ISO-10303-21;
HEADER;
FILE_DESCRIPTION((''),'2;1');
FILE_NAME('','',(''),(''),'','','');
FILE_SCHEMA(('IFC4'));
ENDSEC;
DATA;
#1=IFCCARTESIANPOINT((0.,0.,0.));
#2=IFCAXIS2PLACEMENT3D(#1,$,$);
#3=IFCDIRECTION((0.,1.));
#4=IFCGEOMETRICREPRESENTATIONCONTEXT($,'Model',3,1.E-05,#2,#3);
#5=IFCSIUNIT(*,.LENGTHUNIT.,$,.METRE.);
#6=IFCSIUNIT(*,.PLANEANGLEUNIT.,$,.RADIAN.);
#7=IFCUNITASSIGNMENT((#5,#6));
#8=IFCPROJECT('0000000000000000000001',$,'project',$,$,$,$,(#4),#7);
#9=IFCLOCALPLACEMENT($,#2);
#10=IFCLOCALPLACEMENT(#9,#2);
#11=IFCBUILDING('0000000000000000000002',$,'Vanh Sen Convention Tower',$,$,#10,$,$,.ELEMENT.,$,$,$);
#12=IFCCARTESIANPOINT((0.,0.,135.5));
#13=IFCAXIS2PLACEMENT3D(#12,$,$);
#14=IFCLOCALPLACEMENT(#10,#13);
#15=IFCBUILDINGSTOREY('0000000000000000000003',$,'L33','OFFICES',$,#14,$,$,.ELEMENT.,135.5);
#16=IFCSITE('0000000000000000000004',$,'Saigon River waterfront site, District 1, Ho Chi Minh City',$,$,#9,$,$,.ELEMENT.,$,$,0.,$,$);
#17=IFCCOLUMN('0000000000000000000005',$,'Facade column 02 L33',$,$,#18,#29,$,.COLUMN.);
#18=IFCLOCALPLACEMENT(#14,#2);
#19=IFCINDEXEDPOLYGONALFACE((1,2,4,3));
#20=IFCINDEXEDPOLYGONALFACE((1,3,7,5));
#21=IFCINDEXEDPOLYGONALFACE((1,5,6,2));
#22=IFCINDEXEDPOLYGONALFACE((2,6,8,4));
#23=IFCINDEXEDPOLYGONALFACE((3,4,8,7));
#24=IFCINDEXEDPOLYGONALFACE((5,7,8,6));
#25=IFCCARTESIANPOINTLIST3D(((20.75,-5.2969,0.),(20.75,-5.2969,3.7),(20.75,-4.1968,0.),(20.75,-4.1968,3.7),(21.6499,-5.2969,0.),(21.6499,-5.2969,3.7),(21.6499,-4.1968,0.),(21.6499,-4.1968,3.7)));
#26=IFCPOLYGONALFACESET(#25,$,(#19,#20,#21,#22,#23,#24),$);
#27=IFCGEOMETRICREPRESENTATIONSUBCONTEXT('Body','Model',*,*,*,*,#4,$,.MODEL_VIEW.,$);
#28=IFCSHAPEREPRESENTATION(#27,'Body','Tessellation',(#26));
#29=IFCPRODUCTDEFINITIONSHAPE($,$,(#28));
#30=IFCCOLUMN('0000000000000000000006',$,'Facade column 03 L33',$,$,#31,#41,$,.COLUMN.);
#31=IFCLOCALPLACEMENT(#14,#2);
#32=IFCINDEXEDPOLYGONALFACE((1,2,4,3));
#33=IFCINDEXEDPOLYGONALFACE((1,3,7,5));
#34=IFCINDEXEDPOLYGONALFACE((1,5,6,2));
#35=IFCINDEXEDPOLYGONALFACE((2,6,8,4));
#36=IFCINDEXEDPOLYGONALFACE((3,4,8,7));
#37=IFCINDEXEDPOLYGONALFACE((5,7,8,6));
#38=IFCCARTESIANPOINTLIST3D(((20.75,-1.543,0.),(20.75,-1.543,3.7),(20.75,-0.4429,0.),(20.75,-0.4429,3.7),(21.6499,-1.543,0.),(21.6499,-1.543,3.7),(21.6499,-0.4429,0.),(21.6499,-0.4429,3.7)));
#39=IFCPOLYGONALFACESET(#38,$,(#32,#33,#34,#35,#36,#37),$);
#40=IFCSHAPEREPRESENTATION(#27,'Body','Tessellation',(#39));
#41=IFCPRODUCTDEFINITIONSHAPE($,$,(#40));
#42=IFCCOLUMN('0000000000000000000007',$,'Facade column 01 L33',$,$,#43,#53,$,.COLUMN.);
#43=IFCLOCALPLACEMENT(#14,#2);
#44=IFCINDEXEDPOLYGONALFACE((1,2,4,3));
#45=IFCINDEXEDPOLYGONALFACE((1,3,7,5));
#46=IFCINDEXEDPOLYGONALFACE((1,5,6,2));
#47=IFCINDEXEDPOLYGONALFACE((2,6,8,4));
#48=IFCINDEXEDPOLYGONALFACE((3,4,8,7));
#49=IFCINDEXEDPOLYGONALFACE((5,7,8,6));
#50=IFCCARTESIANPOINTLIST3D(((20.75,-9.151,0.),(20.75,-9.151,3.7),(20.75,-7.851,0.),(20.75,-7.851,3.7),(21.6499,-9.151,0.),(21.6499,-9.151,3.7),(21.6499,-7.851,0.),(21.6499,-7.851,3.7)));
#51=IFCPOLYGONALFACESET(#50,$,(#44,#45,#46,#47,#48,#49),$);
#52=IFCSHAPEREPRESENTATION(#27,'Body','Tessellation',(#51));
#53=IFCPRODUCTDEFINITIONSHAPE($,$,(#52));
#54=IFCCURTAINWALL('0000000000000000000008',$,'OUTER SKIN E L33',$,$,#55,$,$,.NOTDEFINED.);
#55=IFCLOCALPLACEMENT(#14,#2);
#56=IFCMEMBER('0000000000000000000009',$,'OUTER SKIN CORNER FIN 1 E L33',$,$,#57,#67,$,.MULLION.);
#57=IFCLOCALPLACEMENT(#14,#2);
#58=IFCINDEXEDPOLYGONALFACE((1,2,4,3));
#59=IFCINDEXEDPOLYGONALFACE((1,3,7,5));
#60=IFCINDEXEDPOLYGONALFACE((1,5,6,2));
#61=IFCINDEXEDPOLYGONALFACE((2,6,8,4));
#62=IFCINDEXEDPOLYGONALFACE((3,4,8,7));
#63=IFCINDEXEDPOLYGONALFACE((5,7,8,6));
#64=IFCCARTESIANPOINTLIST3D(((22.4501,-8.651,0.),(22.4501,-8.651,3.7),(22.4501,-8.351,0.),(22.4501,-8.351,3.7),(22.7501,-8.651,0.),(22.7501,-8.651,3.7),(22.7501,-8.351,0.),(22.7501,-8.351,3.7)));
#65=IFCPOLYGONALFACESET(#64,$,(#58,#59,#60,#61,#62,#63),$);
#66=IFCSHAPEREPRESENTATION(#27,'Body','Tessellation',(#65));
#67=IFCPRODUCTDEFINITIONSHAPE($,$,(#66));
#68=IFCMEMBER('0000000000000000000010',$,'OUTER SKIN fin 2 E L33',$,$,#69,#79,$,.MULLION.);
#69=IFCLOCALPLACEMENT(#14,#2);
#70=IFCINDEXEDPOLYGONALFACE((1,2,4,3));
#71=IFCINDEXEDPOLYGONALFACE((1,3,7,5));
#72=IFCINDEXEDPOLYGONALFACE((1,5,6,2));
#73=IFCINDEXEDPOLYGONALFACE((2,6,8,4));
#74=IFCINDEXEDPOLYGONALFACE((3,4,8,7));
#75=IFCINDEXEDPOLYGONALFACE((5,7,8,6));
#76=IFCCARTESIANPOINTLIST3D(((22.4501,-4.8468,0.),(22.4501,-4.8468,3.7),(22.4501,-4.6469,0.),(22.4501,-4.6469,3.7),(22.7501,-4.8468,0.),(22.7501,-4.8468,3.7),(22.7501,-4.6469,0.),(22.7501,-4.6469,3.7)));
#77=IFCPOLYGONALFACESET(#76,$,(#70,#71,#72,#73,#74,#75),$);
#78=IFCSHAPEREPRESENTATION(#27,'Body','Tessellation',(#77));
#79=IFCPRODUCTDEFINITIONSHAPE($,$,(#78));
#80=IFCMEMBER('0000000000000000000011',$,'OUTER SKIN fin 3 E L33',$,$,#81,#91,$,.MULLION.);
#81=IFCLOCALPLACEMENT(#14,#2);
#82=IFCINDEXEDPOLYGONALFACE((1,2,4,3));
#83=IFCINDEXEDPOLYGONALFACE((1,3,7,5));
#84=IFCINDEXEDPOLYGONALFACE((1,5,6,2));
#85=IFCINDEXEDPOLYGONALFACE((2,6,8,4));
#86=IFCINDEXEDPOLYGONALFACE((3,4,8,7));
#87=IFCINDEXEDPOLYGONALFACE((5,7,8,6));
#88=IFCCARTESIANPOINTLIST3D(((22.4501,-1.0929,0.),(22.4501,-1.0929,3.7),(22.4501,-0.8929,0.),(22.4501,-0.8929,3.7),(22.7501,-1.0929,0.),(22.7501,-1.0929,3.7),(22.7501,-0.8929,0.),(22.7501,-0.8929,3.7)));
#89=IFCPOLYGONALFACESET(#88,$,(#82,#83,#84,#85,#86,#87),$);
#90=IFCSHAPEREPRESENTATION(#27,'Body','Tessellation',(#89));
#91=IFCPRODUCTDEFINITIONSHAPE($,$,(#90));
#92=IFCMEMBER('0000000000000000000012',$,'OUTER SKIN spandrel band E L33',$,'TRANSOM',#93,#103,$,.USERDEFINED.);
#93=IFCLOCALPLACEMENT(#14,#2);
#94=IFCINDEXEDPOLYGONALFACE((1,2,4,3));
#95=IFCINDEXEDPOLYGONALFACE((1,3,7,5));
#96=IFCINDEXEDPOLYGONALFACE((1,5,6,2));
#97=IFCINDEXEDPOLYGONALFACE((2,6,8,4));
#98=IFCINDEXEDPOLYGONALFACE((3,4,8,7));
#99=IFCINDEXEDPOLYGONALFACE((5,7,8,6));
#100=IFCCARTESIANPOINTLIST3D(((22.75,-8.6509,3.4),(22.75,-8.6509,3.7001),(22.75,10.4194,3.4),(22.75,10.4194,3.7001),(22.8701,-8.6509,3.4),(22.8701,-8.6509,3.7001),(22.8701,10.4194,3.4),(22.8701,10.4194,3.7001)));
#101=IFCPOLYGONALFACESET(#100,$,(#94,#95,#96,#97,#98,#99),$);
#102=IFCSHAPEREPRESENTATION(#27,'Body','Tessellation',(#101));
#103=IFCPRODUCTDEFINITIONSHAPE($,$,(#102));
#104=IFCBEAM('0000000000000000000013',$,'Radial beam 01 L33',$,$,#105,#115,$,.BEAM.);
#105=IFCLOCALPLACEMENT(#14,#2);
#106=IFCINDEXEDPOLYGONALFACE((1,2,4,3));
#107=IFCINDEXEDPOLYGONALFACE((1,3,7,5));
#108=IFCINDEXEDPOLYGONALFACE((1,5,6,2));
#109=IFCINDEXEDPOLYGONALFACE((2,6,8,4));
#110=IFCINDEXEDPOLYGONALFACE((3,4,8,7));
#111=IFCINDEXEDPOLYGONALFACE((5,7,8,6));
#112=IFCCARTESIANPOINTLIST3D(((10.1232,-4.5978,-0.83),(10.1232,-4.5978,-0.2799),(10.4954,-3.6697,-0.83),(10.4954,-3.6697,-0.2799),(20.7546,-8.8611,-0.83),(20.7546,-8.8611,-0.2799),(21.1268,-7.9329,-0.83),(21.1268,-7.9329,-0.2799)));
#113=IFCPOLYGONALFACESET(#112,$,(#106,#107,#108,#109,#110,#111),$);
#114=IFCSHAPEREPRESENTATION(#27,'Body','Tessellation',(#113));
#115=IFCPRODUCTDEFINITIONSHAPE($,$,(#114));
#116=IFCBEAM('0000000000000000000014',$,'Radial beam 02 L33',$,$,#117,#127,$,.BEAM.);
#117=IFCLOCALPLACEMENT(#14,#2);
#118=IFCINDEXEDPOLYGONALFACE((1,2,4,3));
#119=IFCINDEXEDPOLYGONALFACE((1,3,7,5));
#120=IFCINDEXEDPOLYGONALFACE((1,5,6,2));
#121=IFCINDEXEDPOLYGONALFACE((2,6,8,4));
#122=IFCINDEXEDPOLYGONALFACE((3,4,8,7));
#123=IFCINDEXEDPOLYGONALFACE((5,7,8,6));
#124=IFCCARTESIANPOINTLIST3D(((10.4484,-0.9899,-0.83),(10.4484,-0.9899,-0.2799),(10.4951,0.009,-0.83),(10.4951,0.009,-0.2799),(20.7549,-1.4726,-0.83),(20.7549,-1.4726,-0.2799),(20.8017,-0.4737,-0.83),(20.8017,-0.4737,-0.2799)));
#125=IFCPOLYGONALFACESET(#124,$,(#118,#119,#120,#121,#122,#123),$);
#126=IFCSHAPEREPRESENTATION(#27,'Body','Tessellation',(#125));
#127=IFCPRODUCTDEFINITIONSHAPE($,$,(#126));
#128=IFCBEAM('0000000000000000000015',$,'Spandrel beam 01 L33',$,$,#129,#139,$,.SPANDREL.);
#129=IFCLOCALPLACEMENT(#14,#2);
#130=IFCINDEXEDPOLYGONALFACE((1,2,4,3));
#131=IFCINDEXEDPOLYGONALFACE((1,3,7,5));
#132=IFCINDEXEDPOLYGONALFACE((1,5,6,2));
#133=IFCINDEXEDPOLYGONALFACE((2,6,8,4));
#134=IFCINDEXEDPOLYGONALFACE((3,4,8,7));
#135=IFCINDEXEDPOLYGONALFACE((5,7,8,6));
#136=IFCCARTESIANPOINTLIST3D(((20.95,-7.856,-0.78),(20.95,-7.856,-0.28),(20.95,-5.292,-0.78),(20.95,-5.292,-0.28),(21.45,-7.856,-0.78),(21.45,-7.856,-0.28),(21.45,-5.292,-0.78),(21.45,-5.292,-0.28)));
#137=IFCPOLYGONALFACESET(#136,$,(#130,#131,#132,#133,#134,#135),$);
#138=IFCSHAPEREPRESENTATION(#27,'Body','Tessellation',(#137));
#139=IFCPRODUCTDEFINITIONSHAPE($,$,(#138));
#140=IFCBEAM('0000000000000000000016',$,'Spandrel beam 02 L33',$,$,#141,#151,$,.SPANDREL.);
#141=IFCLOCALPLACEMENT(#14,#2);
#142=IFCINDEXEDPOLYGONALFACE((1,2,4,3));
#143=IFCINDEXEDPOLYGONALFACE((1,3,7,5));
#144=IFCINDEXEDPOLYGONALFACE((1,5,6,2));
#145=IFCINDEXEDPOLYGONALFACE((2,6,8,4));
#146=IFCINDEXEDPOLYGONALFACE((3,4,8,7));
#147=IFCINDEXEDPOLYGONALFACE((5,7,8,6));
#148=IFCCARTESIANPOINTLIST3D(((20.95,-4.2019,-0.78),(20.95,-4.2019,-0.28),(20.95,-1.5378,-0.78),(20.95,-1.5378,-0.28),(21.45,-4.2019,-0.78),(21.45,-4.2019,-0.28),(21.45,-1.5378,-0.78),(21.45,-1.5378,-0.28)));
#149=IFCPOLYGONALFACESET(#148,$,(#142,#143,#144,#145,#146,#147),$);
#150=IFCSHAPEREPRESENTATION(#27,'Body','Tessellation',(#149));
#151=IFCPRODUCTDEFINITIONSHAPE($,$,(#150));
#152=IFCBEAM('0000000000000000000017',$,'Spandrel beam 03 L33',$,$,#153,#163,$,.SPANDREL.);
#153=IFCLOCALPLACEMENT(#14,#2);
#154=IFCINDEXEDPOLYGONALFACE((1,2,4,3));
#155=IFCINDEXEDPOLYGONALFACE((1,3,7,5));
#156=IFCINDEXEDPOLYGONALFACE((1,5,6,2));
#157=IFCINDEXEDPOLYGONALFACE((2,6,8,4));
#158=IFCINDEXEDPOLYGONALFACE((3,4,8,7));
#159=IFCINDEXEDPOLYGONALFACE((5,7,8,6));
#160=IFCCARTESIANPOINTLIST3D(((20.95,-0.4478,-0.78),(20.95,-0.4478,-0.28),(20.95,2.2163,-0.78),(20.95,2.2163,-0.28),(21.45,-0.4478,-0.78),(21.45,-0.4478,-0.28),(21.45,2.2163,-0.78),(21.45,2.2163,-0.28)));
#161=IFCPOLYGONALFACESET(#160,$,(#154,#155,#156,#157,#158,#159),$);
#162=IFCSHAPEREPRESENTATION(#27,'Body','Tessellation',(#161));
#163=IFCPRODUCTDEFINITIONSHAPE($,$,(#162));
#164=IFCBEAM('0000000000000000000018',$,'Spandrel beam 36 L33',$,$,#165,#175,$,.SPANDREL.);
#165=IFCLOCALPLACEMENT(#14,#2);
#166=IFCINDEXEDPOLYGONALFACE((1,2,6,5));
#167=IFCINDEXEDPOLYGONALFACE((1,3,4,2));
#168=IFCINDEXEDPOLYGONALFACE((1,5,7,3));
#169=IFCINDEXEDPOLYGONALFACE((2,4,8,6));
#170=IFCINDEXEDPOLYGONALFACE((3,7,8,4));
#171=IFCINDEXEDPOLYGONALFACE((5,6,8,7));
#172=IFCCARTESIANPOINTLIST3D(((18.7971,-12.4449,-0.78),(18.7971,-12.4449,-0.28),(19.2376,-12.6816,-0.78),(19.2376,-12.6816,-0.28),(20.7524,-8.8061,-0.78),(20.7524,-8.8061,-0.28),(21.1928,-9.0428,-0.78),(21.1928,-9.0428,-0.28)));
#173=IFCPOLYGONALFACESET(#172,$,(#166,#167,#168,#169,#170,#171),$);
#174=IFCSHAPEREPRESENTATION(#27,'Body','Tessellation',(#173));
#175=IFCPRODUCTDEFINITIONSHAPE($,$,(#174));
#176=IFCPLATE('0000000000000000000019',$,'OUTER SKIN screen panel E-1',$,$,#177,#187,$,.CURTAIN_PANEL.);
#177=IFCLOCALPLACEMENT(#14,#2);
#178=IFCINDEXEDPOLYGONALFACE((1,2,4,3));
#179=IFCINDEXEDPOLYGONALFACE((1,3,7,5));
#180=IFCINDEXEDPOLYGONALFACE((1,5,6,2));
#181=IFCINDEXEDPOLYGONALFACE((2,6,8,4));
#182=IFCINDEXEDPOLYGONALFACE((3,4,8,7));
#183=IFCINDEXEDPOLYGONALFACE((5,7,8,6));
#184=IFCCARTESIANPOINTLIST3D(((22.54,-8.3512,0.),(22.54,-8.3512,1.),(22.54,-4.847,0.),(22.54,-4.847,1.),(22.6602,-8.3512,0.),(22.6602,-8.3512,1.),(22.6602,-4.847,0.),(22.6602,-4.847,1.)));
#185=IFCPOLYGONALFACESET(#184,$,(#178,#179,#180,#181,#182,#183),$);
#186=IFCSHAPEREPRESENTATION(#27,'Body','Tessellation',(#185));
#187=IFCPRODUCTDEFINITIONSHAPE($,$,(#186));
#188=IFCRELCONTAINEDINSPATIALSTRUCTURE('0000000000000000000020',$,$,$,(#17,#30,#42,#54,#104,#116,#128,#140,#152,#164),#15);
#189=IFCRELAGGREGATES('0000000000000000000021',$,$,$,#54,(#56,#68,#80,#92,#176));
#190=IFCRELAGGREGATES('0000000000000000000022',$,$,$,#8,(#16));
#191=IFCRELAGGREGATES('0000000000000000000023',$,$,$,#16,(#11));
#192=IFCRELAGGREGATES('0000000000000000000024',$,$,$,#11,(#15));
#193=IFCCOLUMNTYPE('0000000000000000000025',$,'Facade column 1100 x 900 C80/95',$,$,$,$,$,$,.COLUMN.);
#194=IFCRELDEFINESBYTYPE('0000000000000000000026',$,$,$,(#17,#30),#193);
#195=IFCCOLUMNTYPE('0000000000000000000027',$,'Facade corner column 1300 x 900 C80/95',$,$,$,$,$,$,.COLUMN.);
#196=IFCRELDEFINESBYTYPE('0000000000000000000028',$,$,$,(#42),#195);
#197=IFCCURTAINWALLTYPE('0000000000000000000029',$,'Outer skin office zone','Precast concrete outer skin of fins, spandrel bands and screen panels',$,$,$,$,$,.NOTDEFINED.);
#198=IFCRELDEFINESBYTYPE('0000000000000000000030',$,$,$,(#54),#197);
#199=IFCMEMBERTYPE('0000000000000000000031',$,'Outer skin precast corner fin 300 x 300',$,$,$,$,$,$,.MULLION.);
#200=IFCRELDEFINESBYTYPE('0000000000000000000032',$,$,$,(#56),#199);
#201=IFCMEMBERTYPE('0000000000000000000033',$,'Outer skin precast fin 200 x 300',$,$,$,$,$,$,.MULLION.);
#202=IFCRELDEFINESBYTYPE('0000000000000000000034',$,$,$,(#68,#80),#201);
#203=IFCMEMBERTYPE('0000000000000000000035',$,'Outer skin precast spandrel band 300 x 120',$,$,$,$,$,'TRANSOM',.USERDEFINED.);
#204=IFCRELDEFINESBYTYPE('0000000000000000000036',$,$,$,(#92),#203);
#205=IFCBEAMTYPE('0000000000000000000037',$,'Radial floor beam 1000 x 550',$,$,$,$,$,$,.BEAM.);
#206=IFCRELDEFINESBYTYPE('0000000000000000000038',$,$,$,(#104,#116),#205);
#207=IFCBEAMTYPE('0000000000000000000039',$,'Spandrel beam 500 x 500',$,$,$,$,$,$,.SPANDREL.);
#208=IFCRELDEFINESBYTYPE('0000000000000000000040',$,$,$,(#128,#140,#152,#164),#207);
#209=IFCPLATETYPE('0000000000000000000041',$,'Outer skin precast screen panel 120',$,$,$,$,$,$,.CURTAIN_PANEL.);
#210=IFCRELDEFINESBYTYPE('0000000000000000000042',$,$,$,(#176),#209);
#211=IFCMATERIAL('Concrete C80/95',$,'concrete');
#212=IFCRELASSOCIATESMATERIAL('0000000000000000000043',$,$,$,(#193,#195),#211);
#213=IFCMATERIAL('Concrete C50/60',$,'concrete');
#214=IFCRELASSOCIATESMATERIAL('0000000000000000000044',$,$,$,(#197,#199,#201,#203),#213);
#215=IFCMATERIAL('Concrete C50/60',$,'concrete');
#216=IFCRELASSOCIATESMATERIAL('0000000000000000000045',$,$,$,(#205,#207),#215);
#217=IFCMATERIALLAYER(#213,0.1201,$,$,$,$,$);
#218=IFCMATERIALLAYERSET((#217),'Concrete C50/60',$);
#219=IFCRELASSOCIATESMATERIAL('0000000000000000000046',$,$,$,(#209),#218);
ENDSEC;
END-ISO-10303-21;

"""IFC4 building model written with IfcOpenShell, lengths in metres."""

from ifc_helpers import new_model, si_unit, direction, frame, origin, origin_2d, place, context, subcontext, project, spatial, rectangle, extrude, material, layer, layer_set, material_profile, profile_set, type_object, element, aggregate, save


model = new_model("IFC4")

# Units and contexts
model_context = context("Model", 3, precision=1e-05, world=origin(), true_north=direction((0.0, 1.0)))
body_context = subcontext(model_context, "Body", "Model", "MODEL_VIEW")
ifc_project = project(units=[si_unit("LENGTHUNIT", "METRE"), si_unit("PLANEANGLEUNIT", "RADIAN")], contexts=[model_context])

# Site, building, storey
site_placement = place(None, origin())
site = spatial("IfcSite", under=ifc_project, at=site_placement, Name="Saigon River waterfront site, District 1, Ho Chi Minh City", CompositionType="ELEMENT", RefElevation=0.0)
building_placement = place(site_placement, origin())
building = spatial("IfcBuilding", under=site, at=building_placement, Name="Vanh Sen Convention Tower", CompositionType="ELEMENT")
storey_placement = place(building_placement, frame((0.0, 0.0, 135.5)))
storey = spatial("IfcBuildingStorey", under=building, at=storey_placement, Name="L33", Description="OFFICES", CompositionType="ELEMENT", Elevation=135.5)

# Columns
ifc_material_1 = material(Name="Concrete C80/95", Category="concrete")
ifc_material_profile_1 = material_profile(ifc_material_1, rectangle(XDim=1.1001, YDim=0.8999, at=origin_2d()), Name="RC 1100X900")
ifc_profile_set_1 = profile_set([ifc_material_profile_1], Name="Concrete C80/95")
column_type_1 = type_object("IfcColumnType", Name="Facade column 1100 x 900 C80/95", PredefinedType="COLUMN", material=ifc_profile_set_1)
for number, where, z_axis, x_axis, name in (
    (1, (21.2, -4.7468, 0.0), (0.0, 0.0, 1.0), (0.0, 1.0, 0.0), "Facade column 02 L33"),
    (2, (21.2, -0.9929, 0.0), (0.0, 0.0, 1.0), (0.0, 1.0, 0.0), "Facade column 03 L33"),
):
    element("IfcColumn", number, at=place(storey_placement, frame(where, z_axis=z_axis, x_axis=x_axis)), inside=storey, type_object=column_type_1, Name=name, PredefinedType="COLUMN", context=body_context, shape_type="SweptSolid", body=[
        extrude(rectangle(XDim=1.1001, YDim=0.8999, at=origin_2d()), origin(), (0.0, 0.0, 1.0), 3.7),
    ])
ifc_material_profile_2 = material_profile(ifc_material_1, rectangle(XDim=1.3, YDim=0.8999, at=origin_2d()), Name="RC 1300X900")
ifc_profile_set_2 = profile_set([ifc_material_profile_2], Name="Concrete C80/95")
column_type_2 = type_object("IfcColumnType", Name="Facade corner column 1300 x 900 C80/95", PredefinedType="COLUMN", material=ifc_profile_set_2)
column_placement = place(storey_placement, frame((21.2, -8.501, 0.0), z_axis=(0.0, 0.0, 1.0), x_axis=(0.0, 1.0, 0.0)))
element("IfcColumn", 3, at=column_placement, inside=storey, type_object=column_type_2, Name="Facade column 01 L33", PredefinedType="COLUMN", context=body_context, shape_type="SweptSolid", body=[
    extrude(rectangle(XDim=1.3, YDim=0.8999, at=origin_2d()), origin(), (0.0, 0.0, 1.0), 3.7),
])

# Curtain wall, members
ifc_material_2 = material(Name="Concrete C50/60", Category="concrete")
curtain_wall_type = type_object("IfcCurtainWallType", Name="Outer skin office zone", Description="Precast concrete outer skin of fins, spandrel bands and screen panels", PredefinedType="NOTDEFINED", material=ifc_material_2)
curtain_wall_1_placement = place(storey_placement, origin())
curtain_wall_1 = element("IfcCurtainWall", 4, at=curtain_wall_1_placement, inside=storey, type_object=curtain_wall_type, Name="OUTER SKIN E L33", PredefinedType="NOTDEFINED")
ifc_material_profile_3 = material_profile(ifc_material_2, rectangle(XDim=0.3, YDim=0.3, at=origin_2d()), Name="Outer skin precast corner fin 300 x 300")
ifc_profile_set_3 = profile_set([ifc_material_profile_3], Name="Concrete C50/60")
member_type_1 = type_object("IfcMemberType", Name="Outer skin precast corner fin 300 x 300", PredefinedType="MULLION", material=ifc_profile_set_3)
member_1_placement = place(storey_placement, frame((22.6001, -8.501, 0.0), z_axis=(0.0, 0.0, 1.0), x_axis=(0.0, 1.0, 0.0)))
member_1 = element("IfcMember", 5, at=member_1_placement, type_object=member_type_1, Name="OUTER SKIN CORNER FIN 1 E L33", PredefinedType="MULLION", context=body_context, shape_type="SweptSolid", body=[
    extrude(rectangle(XDim=0.3, YDim=0.3, at=origin_2d()), origin(), (0.0, 0.0, 1.0), 3.7),
])
ifc_material_profile_4 = material_profile(ifc_material_2, rectangle(XDim=0.2, YDim=0.3, at=origin_2d()), Name="Outer skin precast fin 200 x 300")
ifc_profile_set_4 = profile_set([ifc_material_profile_4], Name="Concrete C50/60")
member_type_2 = type_object("IfcMemberType", Name="Outer skin precast fin 200 x 300", PredefinedType="MULLION", material=ifc_profile_set_4)
member_2_placement = place(storey_placement, frame((22.6001, -4.7468, 0.0), z_axis=(0.0, 0.0, 1.0), x_axis=(0.0, 1.0, 0.0)))
member_2 = element("IfcMember", 6, at=member_2_placement, type_object=member_type_2, Name="OUTER SKIN fin 2 E L33", PredefinedType="MULLION", context=body_context, shape_type="SweptSolid", body=[
    extrude(rectangle(XDim=0.2, YDim=0.3, at=origin_2d()), origin(), (0.0, 0.0, 1.0), 3.7),
])
member_3_placement = place(storey_placement, frame((22.6001, -0.9929, 0.0), z_axis=(0.0, 0.0, 1.0), x_axis=(0.0, 1.0, 0.0)))
member_3 = element("IfcMember", 7, at=member_3_placement, type_object=member_type_2, Name="OUTER SKIN fin 3 E L33", PredefinedType="MULLION", context=body_context, shape_type="SweptSolid", body=[
    extrude(rectangle(XDim=0.2, YDim=0.3, at=origin_2d()), origin(), (0.0, 0.0, 1.0), 3.7),
])
ifc_material_profile_5 = material_profile(ifc_material_2, rectangle(XDim=0.1201, YDim=0.3, at=origin_2d()), Name="Outer skin precast spandrel band 300 x 120")
ifc_profile_set_5 = profile_set([ifc_material_profile_5], Name="Concrete C50/60")
member_type_3 = type_object("IfcMemberType", Name="Outer skin precast spandrel band 300 x 120", ElementType="TRANSOM", PredefinedType="USERDEFINED", material=ifc_profile_set_5)
member_4_placement = place(storey_placement, frame((22.8101, -8.6509, 3.55), z_axis=(0.0, 1.0, 0.0), x_axis=(-1.0, 0.0, 0.0)))
member_4 = element("IfcMember", 8, at=member_4_placement, type_object=member_type_3, Name="OUTER SKIN spandrel band E L33", ObjectType="TRANSOM", PredefinedType="USERDEFINED", context=body_context, shape_type="SweptSolid", body=[
    extrude(rectangle(XDim=0.1201, YDim=0.3, at=origin_2d()), origin(), (0.0, 0.0, 1.0), 19.0703),
])

# Beams
ifc_material_3 = material(Name="Concrete C50/60", Category="concrete")
ifc_material_profile_6 = material_profile(ifc_material_3, rectangle(XDim=1.0, YDim=0.55, at=origin_2d()), Name="RC 1000X550")
ifc_profile_set_6 = profile_set([ifc_material_profile_6], Name="Concrete C50/60")
beam_type_1 = type_object("IfcBeamType", Name="Radial floor beam 1000 x 550", PredefinedType="BEAM", material=ifc_profile_set_6)
beam_1_placement = place(storey_placement, frame((20.9407, -8.397, -0.5549), z_axis=(-0.928156, 0.372192, 0.0), x_axis=(-0.372192, -0.928156, 0.0)))
element("IfcBeam", 9, at=beam_1_placement, inside=storey, type_object=beam_type_1, Name="Radial beam 01 L33", PredefinedType="BEAM", context=body_context, shape_type="SweptSolid", body=[
    extrude(rectangle(XDim=1.0, YDim=0.55, at=origin_2d()), origin(), (0.0, 0.0, 1.0), 11.4543),
])
beam_2_placement = place(storey_placement, frame((20.7783, -0.9731, -0.5549), z_axis=(-0.998905, 0.046779, 0.0), x_axis=(-0.046779, -0.998905, 0.0)))
element("IfcBeam", 10, at=beam_2_placement, inside=storey, type_object=beam_type_1, Name="Radial beam 02 L33", PredefinedType="BEAM", context=body_context, shape_type="SweptSolid", body=[
    extrude(rectangle(XDim=1.0, YDim=0.55, at=origin_2d()), origin(), (0.0, 0.0, 1.0), 10.3179),
])
ifc_material_profile_7 = material_profile(ifc_material_3, rectangle(XDim=0.5, YDim=0.5, at=origin_2d()), Name="RC 500X500")
ifc_profile_set_7 = profile_set([ifc_material_profile_7], Name="Concrete C50/60")
beam_type_2 = type_object("IfcBeamType", Name="Spandrel beam 500 x 500", PredefinedType="SPANDREL", material=ifc_profile_set_7)
beam_3_placement = place(storey_placement, frame((21.2, -7.856, -0.53), z_axis=(0.0, 1.0, 0.0), x_axis=(-1.0, 0.0, 0.0)))
element("IfcBeam", 11, at=beam_3_placement, inside=storey, type_object=beam_type_2, Name="Spandrel beam 01 L33", PredefinedType="SPANDREL", context=body_context, shape_type="SweptSolid", body=[
    extrude(rectangle(XDim=0.5, YDim=0.5, at=origin_2d()), origin(), (0.0, 0.0, 1.0), 2.564),
])
for number, where, z_axis, x_axis, name in (
    (12, (21.2, -4.2019, -0.53), (0.0, 1.0, 0.0), (-1.0, 0.0, 0.0), "Spandrel beam 02 L33"),
    (13, (21.2, -0.4478, -0.53), (0.0, 1.0, 0.0), (-1.0, 0.0, 0.0), "Spandrel beam 03 L33"),
):
    element("IfcBeam", number, at=place(storey_placement, frame(where, z_axis=z_axis, x_axis=x_axis)), inside=storey, type_object=beam_type_2, Name=name, PredefinedType="SPANDREL", context=body_context, shape_type="SweptSolid", body=[
        extrude(rectangle(XDim=0.5, YDim=0.5, at=origin_2d()), origin(), (0.0, 0.0, 1.0), 2.6641),
    ])
beam_4_placement = place(storey_placement, frame((19.0173, -12.5632, -0.53), z_axis=(0.473331, 0.880884, 0.0), x_axis=(-0.880884, 0.473331, 0.0)))
element("IfcBeam", 14, at=beam_4_placement, inside=storey, type_object=beam_type_2, Name="Spandrel beam 36 L33", PredefinedType="SPANDREL", context=body_context, shape_type="SweptSolid", body=[
    extrude(rectangle(XDim=0.5, YDim=0.5, at=origin_2d()), origin(), (0.0, 0.0, 1.0), 4.1309),
])

# Plate
ifc_layer_1 = layer(ifc_material_2, 0.1201)
ifc_layer_set_1 = layer_set([ifc_layer_1], Name="Concrete C50/60")
plate_type = type_object("IfcPlateType", Name="Outer skin precast screen panel 120", PredefinedType="CURTAIN_PANEL", material=ifc_layer_set_1)
plate_1_placement = place(storey_placement, frame((22.6001, -6.5991, 0.0), z_axis=(0.0, 0.0, 1.0), x_axis=(0.0, 1.0, 0.0)))
plate_1 = element("IfcPlate", 15, at=plate_1_placement, type_object=plate_type, Name="OUTER SKIN screen panel E-1", PredefinedType="CURTAIN_PANEL", context=body_context, shape_type="SweptSolid", body=[
    extrude(rectangle(XDim=3.5042, YDim=0.1201, at=origin_2d()), origin(), (0.0, 0.0, 1.0), 1.0),
])
aggregate(curtain_wall_1, [member_1, member_2, member_3, member_4, plate_1])

save(model, "model.ifc")
